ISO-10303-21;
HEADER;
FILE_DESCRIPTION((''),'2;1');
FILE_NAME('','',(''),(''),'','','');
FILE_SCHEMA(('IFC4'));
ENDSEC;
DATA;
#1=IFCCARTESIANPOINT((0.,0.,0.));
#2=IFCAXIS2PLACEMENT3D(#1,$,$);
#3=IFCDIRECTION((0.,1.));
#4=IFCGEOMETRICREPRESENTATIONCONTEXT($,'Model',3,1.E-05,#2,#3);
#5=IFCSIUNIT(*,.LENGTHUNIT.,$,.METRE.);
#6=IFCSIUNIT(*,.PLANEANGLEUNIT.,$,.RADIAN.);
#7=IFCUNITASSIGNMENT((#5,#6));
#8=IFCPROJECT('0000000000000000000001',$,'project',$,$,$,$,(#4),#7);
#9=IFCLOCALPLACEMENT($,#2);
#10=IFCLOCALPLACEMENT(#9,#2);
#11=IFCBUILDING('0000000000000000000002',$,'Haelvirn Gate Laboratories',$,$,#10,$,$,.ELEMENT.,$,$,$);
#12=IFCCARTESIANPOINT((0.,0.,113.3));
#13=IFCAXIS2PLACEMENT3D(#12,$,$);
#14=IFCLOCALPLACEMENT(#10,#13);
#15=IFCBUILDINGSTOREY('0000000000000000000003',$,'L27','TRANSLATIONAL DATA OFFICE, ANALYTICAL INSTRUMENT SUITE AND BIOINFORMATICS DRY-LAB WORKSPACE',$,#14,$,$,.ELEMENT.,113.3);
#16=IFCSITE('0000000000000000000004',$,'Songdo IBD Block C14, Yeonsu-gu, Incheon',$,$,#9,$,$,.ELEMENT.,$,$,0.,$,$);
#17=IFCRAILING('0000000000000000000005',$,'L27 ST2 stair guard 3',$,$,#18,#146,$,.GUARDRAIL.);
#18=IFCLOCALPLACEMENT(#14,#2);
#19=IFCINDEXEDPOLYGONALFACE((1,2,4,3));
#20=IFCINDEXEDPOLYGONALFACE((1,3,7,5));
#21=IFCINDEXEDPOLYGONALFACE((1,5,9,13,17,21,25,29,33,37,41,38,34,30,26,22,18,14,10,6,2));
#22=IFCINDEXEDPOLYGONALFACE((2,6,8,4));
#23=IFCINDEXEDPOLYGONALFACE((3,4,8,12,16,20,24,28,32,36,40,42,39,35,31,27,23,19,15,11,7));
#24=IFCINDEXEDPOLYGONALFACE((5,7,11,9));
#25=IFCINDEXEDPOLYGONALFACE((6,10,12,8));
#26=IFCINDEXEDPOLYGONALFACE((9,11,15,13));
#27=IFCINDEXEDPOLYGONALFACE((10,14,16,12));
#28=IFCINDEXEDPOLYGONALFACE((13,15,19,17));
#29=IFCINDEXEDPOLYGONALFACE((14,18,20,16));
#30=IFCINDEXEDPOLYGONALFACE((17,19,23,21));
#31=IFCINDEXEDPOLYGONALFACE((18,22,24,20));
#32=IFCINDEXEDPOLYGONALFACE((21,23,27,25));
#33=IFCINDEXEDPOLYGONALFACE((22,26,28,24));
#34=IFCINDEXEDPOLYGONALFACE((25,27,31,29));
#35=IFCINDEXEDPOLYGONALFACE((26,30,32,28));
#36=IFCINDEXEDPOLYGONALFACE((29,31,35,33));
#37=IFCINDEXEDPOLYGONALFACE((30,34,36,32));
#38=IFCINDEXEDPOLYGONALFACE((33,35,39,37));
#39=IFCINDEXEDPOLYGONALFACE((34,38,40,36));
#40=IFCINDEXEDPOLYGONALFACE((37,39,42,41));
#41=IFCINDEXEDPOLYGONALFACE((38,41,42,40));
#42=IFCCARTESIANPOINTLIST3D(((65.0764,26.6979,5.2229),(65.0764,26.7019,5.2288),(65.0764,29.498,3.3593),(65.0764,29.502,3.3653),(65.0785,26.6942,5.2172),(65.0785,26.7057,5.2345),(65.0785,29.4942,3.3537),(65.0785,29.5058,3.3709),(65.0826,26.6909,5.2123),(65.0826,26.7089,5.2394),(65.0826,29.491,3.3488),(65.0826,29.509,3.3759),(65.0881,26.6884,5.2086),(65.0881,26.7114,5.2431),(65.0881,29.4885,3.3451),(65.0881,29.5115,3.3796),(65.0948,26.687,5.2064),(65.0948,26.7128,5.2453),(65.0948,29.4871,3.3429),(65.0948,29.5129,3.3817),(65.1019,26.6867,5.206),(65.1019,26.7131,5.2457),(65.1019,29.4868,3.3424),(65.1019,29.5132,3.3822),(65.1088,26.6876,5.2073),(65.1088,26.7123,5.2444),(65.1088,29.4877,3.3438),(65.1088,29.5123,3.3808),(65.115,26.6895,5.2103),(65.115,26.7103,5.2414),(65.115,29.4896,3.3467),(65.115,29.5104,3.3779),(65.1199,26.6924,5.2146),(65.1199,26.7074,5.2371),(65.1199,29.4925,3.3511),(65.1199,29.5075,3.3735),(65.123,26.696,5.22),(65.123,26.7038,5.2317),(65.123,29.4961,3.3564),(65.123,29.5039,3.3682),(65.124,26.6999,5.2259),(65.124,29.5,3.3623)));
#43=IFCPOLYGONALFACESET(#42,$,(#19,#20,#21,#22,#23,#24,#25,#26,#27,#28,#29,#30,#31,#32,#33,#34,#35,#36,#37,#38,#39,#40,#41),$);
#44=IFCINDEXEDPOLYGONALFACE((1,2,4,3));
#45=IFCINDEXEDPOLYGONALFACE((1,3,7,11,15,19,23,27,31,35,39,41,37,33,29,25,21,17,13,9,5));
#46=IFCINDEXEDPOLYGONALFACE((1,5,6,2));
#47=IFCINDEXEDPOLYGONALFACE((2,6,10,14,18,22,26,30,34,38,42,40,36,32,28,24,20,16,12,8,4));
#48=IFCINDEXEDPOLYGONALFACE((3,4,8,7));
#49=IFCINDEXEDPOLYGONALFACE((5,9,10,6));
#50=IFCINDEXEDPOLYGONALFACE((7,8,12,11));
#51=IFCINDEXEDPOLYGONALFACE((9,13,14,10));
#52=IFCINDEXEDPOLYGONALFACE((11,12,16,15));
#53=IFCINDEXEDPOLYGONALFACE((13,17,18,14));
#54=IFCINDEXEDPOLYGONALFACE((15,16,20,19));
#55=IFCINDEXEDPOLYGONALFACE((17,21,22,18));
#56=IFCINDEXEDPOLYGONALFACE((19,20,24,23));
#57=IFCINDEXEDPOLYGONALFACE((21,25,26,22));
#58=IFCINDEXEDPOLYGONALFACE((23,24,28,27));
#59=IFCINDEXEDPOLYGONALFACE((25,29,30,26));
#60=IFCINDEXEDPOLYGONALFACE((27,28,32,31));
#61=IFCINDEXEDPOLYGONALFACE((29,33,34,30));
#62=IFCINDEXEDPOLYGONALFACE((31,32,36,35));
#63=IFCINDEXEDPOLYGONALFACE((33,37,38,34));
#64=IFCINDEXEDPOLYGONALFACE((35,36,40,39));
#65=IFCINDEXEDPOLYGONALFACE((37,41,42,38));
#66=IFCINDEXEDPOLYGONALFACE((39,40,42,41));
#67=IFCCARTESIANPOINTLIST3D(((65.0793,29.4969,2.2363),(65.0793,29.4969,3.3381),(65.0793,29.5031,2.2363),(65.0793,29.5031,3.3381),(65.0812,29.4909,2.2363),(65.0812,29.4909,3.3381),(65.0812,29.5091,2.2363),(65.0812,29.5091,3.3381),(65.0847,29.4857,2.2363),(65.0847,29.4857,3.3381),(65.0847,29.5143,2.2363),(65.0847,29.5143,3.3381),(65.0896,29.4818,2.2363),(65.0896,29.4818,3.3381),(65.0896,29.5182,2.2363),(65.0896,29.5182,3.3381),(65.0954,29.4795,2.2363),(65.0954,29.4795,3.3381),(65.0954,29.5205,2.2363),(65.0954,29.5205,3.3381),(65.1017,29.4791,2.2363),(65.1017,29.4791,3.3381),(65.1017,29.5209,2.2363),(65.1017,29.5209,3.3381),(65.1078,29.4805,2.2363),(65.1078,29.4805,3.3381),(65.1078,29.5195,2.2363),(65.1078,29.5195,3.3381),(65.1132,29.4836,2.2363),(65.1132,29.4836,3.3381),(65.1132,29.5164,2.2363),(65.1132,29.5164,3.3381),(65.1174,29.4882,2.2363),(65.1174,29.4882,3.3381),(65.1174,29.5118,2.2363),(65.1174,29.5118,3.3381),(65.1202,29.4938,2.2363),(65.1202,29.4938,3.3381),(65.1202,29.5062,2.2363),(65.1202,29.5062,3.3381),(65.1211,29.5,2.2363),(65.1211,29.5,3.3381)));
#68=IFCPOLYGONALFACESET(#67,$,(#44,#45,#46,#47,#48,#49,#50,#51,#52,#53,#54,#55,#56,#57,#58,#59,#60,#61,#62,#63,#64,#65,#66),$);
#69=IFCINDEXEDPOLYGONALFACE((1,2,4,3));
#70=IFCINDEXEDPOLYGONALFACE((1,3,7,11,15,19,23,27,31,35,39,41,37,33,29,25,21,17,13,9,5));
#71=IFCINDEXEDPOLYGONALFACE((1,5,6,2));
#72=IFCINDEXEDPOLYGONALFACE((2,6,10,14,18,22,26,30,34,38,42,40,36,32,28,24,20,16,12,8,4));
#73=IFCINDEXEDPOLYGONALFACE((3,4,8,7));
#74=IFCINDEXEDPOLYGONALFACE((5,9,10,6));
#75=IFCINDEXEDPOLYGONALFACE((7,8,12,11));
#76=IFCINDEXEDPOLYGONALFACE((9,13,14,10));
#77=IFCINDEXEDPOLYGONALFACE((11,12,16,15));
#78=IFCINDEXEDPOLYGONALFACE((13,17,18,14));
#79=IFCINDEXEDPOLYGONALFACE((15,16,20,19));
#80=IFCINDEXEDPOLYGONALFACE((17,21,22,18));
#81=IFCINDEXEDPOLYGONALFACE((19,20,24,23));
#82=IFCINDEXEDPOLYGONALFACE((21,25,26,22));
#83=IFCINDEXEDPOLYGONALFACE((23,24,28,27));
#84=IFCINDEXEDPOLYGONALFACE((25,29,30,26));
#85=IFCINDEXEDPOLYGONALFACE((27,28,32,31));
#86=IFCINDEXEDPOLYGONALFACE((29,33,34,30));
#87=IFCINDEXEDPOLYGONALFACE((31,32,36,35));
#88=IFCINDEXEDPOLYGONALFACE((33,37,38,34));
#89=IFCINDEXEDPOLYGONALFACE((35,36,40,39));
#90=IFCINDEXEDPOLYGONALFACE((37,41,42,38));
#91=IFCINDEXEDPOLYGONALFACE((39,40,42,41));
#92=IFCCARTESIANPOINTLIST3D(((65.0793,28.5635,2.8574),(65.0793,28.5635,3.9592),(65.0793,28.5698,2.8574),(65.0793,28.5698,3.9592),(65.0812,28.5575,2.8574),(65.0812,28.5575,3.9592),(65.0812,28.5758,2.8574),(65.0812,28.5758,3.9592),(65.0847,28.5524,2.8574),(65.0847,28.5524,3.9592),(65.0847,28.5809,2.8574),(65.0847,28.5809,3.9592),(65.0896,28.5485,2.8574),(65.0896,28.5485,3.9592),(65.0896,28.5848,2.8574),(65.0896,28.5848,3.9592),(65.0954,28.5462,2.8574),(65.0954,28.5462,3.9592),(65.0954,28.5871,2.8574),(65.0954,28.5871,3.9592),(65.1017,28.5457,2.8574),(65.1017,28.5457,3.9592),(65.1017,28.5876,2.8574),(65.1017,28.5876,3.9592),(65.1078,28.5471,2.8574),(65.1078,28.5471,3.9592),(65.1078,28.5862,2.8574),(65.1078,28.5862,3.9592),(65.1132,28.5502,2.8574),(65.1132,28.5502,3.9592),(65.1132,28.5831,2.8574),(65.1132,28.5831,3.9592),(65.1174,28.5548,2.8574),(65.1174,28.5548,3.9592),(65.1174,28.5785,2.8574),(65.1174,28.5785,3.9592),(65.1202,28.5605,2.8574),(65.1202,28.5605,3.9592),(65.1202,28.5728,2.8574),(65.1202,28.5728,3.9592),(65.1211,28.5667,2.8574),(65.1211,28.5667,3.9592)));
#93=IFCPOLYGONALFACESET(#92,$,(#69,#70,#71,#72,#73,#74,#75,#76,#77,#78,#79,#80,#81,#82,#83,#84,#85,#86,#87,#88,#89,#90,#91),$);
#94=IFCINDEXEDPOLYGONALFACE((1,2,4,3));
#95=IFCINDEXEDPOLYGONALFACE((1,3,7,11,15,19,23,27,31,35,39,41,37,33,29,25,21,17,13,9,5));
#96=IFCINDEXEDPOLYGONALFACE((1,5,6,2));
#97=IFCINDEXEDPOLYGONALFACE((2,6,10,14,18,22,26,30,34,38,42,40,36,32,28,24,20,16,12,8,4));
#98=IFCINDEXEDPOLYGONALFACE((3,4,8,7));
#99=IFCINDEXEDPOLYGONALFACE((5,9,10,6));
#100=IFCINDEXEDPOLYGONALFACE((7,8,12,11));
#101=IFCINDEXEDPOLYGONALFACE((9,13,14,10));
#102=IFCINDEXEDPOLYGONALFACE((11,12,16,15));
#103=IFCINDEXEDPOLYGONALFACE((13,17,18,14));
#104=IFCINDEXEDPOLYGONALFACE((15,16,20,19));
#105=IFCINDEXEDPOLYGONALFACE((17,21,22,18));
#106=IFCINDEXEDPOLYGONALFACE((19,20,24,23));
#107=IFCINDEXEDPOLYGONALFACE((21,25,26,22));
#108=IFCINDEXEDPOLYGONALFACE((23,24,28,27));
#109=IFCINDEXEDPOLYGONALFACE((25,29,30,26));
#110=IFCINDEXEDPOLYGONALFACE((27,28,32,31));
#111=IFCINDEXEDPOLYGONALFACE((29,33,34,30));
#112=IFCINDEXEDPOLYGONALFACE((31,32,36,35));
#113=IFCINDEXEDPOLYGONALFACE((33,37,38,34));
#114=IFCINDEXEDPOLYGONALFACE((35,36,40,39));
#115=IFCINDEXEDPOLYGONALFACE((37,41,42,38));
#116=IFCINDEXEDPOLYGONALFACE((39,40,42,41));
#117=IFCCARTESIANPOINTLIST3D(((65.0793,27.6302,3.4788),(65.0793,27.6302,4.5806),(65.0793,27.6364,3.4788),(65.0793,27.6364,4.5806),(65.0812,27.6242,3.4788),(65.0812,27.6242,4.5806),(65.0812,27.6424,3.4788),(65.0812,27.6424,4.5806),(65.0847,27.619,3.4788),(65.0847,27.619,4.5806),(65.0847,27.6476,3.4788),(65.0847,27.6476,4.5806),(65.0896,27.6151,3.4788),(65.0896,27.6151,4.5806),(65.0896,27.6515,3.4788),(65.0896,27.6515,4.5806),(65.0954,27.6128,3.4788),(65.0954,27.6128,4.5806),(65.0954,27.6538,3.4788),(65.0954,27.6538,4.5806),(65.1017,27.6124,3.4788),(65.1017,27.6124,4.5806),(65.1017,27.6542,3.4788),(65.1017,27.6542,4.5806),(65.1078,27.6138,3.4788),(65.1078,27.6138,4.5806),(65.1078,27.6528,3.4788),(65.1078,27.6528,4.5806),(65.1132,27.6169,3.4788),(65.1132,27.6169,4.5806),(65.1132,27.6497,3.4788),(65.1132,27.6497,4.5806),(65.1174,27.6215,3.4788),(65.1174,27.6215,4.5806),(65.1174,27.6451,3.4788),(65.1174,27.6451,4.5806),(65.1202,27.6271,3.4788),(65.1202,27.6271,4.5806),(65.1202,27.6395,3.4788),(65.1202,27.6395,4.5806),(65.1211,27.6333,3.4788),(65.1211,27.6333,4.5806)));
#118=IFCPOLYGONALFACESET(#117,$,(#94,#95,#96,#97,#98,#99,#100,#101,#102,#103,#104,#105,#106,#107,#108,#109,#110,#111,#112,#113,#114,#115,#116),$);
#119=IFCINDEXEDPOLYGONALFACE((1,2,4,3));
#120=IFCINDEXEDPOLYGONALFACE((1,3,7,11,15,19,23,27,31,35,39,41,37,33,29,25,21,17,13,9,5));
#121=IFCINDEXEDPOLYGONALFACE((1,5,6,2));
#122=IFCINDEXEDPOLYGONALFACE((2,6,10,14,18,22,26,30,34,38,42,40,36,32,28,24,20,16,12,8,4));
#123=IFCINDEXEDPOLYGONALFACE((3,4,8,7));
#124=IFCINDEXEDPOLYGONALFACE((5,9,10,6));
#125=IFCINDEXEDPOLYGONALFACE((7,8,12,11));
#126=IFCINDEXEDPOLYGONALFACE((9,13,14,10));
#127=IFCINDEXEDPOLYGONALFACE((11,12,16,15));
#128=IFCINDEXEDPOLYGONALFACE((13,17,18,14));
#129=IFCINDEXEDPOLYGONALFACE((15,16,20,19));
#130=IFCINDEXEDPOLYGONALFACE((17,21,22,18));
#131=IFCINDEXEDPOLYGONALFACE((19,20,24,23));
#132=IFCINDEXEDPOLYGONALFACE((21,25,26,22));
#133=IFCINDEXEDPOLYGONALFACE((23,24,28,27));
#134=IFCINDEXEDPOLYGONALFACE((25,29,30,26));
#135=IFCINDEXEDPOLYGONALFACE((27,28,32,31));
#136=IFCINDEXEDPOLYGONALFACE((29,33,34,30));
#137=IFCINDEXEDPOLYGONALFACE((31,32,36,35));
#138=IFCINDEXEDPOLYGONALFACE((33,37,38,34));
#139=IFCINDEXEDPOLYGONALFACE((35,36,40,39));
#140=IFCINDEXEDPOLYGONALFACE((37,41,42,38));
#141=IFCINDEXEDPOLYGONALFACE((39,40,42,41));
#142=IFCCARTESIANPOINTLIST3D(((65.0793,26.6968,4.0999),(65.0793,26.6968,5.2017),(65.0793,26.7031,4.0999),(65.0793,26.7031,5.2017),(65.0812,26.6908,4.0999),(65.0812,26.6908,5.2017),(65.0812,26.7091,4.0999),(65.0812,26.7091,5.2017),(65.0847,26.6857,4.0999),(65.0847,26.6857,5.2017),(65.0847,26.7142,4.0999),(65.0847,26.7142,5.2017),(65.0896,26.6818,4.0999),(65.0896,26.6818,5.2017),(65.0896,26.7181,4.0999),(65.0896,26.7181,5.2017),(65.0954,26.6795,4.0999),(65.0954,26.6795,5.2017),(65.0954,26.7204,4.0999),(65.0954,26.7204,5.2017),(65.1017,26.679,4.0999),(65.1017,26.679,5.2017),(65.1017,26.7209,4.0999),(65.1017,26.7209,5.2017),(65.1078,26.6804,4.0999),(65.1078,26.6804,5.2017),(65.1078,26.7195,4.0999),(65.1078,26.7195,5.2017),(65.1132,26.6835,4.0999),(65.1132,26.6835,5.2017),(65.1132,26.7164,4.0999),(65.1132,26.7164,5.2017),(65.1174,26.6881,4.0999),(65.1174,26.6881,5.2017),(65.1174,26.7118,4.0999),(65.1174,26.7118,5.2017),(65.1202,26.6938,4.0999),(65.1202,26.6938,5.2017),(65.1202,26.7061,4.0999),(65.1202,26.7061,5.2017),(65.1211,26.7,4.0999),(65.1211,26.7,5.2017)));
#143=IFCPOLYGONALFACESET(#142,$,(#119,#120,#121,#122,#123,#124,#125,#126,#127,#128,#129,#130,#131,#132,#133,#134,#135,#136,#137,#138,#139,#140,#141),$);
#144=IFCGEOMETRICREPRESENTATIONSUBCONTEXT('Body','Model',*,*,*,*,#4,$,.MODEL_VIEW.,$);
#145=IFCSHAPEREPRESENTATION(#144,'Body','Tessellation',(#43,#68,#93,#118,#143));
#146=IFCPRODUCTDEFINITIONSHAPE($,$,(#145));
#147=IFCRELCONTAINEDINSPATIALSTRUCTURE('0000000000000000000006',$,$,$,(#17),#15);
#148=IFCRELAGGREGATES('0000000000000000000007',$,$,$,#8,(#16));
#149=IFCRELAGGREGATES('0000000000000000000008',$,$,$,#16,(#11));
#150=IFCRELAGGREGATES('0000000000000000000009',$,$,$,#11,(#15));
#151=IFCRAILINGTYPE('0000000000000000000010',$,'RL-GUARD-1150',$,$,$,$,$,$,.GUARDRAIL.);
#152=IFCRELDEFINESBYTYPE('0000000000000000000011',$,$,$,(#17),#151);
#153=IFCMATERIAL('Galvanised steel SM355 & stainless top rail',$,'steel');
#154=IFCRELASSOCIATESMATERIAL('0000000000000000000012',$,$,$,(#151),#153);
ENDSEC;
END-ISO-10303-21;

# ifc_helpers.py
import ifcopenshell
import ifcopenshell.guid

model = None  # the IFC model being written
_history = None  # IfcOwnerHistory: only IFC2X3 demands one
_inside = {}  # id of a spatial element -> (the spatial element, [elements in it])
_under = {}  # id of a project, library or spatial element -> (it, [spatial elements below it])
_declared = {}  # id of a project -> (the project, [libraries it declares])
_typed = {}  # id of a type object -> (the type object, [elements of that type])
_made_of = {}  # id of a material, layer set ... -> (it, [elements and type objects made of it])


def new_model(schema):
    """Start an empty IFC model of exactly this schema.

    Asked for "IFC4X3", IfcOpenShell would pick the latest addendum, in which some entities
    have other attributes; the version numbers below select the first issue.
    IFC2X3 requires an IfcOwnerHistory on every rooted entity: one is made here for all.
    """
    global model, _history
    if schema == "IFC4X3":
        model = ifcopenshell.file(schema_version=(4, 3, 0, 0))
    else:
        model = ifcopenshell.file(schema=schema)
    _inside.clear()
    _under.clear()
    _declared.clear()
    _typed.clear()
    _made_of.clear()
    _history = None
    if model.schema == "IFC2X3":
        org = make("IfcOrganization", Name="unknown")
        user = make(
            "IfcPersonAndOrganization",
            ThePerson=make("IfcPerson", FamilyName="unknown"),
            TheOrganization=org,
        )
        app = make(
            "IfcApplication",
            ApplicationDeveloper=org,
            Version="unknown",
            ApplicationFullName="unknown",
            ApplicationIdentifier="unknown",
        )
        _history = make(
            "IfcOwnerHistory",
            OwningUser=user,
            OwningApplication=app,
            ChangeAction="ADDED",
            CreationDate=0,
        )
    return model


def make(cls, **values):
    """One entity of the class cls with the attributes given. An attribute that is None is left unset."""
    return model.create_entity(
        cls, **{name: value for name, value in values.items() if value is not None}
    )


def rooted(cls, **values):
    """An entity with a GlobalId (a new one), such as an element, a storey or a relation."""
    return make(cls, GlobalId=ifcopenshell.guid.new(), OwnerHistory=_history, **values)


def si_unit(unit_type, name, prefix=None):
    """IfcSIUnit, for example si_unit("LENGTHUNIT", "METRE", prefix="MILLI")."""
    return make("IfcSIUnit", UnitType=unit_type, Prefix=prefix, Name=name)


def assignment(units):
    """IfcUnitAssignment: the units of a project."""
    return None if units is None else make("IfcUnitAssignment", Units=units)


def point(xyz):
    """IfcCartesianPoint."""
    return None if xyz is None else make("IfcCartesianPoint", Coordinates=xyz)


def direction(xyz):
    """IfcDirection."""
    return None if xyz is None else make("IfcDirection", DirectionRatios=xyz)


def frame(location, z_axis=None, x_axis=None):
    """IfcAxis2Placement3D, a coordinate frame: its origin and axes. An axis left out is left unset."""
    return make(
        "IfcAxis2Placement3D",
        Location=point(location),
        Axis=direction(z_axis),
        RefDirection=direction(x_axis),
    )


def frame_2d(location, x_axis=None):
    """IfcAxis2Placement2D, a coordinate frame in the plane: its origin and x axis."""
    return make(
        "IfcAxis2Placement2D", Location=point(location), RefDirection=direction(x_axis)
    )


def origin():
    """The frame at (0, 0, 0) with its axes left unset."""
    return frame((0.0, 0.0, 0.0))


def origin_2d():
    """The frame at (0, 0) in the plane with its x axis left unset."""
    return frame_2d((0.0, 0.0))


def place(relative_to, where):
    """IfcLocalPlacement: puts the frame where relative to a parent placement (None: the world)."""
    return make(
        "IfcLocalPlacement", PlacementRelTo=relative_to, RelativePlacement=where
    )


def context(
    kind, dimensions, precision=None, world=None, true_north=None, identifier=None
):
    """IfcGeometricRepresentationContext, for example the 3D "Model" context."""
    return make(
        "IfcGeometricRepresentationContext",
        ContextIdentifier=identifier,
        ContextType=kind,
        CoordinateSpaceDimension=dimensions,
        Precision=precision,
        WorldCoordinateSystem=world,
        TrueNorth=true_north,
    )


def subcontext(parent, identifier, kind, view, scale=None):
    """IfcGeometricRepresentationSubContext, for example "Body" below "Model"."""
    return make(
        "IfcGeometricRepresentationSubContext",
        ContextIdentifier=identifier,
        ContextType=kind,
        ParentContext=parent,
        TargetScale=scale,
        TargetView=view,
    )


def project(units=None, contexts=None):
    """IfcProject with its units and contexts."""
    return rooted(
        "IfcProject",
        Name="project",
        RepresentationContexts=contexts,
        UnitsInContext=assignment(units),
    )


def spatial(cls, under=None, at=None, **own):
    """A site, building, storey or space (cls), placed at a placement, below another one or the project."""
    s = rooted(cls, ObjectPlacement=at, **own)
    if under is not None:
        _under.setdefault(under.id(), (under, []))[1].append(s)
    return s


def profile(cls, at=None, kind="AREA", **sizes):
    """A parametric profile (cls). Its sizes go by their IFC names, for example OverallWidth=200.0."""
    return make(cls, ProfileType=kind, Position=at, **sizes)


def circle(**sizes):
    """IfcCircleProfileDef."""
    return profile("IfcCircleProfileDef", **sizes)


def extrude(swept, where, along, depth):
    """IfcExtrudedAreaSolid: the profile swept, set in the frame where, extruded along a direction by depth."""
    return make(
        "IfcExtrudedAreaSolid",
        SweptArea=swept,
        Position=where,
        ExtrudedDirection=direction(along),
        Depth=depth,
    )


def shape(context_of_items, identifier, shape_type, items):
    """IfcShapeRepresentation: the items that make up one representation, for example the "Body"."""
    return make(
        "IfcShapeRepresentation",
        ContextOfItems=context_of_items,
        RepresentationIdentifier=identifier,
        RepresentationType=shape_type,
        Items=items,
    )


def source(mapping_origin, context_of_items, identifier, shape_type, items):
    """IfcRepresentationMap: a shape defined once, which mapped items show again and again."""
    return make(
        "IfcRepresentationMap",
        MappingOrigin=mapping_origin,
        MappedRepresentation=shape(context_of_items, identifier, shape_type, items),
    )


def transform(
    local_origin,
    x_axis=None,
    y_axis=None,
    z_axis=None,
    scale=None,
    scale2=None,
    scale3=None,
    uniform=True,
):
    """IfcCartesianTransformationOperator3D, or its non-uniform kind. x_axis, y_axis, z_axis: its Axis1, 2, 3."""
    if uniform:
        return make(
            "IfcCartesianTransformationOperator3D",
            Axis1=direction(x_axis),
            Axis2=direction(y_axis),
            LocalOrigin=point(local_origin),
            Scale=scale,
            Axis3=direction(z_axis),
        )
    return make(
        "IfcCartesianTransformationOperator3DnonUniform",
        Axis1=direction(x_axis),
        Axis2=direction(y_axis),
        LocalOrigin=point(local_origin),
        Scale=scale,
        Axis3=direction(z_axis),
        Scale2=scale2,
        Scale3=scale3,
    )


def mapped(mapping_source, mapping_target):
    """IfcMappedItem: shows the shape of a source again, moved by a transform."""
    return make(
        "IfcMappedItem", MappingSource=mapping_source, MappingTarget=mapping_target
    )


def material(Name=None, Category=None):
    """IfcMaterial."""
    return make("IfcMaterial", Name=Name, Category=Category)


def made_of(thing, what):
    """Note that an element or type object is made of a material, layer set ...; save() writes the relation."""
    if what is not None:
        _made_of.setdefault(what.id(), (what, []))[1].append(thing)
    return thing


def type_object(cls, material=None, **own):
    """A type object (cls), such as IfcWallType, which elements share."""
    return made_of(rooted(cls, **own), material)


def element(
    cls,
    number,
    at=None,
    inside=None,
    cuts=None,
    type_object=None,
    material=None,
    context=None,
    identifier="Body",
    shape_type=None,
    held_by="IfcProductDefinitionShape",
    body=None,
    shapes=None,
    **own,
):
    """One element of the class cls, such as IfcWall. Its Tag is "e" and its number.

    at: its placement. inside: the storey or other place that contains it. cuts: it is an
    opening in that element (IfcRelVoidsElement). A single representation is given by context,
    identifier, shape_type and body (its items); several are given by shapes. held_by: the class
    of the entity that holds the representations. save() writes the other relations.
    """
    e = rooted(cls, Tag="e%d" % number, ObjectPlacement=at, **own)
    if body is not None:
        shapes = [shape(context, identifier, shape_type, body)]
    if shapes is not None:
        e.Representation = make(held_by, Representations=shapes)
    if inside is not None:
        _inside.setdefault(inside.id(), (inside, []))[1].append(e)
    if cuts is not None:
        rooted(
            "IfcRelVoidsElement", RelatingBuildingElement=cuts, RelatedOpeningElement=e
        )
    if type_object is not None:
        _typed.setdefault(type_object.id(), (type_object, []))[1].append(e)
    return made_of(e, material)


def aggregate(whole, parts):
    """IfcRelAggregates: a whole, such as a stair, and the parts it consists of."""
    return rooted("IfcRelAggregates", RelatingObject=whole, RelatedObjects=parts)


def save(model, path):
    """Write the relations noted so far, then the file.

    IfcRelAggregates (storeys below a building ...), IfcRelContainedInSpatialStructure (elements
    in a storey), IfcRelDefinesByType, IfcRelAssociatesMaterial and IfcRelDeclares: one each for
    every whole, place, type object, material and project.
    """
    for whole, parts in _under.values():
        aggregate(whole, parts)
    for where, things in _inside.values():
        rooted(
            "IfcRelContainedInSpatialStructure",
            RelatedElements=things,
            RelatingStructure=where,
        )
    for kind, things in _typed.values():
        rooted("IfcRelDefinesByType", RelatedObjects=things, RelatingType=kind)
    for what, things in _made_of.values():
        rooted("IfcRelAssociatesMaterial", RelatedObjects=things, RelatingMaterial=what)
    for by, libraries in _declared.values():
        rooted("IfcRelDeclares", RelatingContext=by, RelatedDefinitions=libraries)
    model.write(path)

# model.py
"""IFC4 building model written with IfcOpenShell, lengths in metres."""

from ifc_helpers import new_model, si_unit, direction, frame, origin, origin_2d, place, context, subcontext, project, spatial, circle, extrude, source, transform, mapped, material, type_object, element, save


model = new_model("IFC4")

# Units and contexts
model_context = context("Model", 3, precision=1e-05, world=origin(), true_north=direction((0.0, 1.0)))
body_context = subcontext(model_context, "Body", "Model", "MODEL_VIEW")
ifc_project = project(units=[si_unit("LENGTHUNIT", "METRE"), si_unit("PLANEANGLEUNIT", "RADIAN")], contexts=[model_context])

# Site, building, storey
site_placement = place(None, origin())
site = spatial("IfcSite", under=ifc_project, at=site_placement, Name="Songdo IBD Block C14, Yeonsu-gu, Incheon", CompositionType="ELEMENT", RefElevation=0.0)
building_placement = place(site_placement, origin())
building = spatial("IfcBuilding", under=site, at=building_placement, Name="Haelvirn Gate Laboratories", CompositionType="ELEMENT")
storey_placement = place(building_placement, frame((0.0, 0.0, 113.3)))
storey = spatial("IfcBuildingStorey", under=building, at=storey_placement, Name="L27", Description="TRANSLATIONAL DATA OFFICE, ANALYTICAL INSTRUMENT SUITE AND BIOINFORMATICS DRY-LAB WORKSPACE", CompositionType="ELEMENT", Elevation=113.3)

# Railing
ifc_material_1 = material(Name="Galvanised steel SM355 & stainless top rail", Category="steel")
railing_type_1 = type_object("IfcRailingType", Name="RL-GUARD-1150", PredefinedType="GUARDRAIL", material=ifc_material_1)
shared_shape_1 = source(origin(), body_context, "Body", "SweptSolid", [
    extrude(circle(Radius=0.0239, at=origin_2d()), frame((0.0, 0.0, 1.126), z_axis=(0.0, -0.832486, 0.554047), x_axis=(1.0, 0.0, 0.0)), (0.0, 0.0, 1.0), 3.3635),
    extrude(circle(Radius=0.021, at=origin_2d()), origin(), (0.0, 0.0, 1.0), 1.1018),
    extrude(circle(Radius=0.021, at=origin_2d()), frame((0.0, -0.9333, 0.6211)), (0.0, 0.0, 1.0), 1.1018),
    extrude(circle(Radius=0.021, at=origin_2d()), frame((0.0, -1.8667, 1.2424)), (0.0, 0.0, 1.0), 1.1018),
    extrude(circle(Radius=0.021, at=origin_2d()), frame((0.0, -2.8, 1.8635)), (0.0, 0.0, 1.0), 1.1018),
])
railing_1_placement = place(storey_placement, frame((65.1001, 29.5, 2.2363)))
element("IfcRailing", 1, at=railing_1_placement, inside=storey, type_object=railing_type_1, Name="L27 ST2 stair guard 3", PredefinedType="GUARDRAIL", context=body_context, shape_type="MappedRepresentation", body=[
    mapped(shared_shape_1, transform((0.0, 0.0, 0.0), scale=1.0)),
])

save(model, "model.ifc")
